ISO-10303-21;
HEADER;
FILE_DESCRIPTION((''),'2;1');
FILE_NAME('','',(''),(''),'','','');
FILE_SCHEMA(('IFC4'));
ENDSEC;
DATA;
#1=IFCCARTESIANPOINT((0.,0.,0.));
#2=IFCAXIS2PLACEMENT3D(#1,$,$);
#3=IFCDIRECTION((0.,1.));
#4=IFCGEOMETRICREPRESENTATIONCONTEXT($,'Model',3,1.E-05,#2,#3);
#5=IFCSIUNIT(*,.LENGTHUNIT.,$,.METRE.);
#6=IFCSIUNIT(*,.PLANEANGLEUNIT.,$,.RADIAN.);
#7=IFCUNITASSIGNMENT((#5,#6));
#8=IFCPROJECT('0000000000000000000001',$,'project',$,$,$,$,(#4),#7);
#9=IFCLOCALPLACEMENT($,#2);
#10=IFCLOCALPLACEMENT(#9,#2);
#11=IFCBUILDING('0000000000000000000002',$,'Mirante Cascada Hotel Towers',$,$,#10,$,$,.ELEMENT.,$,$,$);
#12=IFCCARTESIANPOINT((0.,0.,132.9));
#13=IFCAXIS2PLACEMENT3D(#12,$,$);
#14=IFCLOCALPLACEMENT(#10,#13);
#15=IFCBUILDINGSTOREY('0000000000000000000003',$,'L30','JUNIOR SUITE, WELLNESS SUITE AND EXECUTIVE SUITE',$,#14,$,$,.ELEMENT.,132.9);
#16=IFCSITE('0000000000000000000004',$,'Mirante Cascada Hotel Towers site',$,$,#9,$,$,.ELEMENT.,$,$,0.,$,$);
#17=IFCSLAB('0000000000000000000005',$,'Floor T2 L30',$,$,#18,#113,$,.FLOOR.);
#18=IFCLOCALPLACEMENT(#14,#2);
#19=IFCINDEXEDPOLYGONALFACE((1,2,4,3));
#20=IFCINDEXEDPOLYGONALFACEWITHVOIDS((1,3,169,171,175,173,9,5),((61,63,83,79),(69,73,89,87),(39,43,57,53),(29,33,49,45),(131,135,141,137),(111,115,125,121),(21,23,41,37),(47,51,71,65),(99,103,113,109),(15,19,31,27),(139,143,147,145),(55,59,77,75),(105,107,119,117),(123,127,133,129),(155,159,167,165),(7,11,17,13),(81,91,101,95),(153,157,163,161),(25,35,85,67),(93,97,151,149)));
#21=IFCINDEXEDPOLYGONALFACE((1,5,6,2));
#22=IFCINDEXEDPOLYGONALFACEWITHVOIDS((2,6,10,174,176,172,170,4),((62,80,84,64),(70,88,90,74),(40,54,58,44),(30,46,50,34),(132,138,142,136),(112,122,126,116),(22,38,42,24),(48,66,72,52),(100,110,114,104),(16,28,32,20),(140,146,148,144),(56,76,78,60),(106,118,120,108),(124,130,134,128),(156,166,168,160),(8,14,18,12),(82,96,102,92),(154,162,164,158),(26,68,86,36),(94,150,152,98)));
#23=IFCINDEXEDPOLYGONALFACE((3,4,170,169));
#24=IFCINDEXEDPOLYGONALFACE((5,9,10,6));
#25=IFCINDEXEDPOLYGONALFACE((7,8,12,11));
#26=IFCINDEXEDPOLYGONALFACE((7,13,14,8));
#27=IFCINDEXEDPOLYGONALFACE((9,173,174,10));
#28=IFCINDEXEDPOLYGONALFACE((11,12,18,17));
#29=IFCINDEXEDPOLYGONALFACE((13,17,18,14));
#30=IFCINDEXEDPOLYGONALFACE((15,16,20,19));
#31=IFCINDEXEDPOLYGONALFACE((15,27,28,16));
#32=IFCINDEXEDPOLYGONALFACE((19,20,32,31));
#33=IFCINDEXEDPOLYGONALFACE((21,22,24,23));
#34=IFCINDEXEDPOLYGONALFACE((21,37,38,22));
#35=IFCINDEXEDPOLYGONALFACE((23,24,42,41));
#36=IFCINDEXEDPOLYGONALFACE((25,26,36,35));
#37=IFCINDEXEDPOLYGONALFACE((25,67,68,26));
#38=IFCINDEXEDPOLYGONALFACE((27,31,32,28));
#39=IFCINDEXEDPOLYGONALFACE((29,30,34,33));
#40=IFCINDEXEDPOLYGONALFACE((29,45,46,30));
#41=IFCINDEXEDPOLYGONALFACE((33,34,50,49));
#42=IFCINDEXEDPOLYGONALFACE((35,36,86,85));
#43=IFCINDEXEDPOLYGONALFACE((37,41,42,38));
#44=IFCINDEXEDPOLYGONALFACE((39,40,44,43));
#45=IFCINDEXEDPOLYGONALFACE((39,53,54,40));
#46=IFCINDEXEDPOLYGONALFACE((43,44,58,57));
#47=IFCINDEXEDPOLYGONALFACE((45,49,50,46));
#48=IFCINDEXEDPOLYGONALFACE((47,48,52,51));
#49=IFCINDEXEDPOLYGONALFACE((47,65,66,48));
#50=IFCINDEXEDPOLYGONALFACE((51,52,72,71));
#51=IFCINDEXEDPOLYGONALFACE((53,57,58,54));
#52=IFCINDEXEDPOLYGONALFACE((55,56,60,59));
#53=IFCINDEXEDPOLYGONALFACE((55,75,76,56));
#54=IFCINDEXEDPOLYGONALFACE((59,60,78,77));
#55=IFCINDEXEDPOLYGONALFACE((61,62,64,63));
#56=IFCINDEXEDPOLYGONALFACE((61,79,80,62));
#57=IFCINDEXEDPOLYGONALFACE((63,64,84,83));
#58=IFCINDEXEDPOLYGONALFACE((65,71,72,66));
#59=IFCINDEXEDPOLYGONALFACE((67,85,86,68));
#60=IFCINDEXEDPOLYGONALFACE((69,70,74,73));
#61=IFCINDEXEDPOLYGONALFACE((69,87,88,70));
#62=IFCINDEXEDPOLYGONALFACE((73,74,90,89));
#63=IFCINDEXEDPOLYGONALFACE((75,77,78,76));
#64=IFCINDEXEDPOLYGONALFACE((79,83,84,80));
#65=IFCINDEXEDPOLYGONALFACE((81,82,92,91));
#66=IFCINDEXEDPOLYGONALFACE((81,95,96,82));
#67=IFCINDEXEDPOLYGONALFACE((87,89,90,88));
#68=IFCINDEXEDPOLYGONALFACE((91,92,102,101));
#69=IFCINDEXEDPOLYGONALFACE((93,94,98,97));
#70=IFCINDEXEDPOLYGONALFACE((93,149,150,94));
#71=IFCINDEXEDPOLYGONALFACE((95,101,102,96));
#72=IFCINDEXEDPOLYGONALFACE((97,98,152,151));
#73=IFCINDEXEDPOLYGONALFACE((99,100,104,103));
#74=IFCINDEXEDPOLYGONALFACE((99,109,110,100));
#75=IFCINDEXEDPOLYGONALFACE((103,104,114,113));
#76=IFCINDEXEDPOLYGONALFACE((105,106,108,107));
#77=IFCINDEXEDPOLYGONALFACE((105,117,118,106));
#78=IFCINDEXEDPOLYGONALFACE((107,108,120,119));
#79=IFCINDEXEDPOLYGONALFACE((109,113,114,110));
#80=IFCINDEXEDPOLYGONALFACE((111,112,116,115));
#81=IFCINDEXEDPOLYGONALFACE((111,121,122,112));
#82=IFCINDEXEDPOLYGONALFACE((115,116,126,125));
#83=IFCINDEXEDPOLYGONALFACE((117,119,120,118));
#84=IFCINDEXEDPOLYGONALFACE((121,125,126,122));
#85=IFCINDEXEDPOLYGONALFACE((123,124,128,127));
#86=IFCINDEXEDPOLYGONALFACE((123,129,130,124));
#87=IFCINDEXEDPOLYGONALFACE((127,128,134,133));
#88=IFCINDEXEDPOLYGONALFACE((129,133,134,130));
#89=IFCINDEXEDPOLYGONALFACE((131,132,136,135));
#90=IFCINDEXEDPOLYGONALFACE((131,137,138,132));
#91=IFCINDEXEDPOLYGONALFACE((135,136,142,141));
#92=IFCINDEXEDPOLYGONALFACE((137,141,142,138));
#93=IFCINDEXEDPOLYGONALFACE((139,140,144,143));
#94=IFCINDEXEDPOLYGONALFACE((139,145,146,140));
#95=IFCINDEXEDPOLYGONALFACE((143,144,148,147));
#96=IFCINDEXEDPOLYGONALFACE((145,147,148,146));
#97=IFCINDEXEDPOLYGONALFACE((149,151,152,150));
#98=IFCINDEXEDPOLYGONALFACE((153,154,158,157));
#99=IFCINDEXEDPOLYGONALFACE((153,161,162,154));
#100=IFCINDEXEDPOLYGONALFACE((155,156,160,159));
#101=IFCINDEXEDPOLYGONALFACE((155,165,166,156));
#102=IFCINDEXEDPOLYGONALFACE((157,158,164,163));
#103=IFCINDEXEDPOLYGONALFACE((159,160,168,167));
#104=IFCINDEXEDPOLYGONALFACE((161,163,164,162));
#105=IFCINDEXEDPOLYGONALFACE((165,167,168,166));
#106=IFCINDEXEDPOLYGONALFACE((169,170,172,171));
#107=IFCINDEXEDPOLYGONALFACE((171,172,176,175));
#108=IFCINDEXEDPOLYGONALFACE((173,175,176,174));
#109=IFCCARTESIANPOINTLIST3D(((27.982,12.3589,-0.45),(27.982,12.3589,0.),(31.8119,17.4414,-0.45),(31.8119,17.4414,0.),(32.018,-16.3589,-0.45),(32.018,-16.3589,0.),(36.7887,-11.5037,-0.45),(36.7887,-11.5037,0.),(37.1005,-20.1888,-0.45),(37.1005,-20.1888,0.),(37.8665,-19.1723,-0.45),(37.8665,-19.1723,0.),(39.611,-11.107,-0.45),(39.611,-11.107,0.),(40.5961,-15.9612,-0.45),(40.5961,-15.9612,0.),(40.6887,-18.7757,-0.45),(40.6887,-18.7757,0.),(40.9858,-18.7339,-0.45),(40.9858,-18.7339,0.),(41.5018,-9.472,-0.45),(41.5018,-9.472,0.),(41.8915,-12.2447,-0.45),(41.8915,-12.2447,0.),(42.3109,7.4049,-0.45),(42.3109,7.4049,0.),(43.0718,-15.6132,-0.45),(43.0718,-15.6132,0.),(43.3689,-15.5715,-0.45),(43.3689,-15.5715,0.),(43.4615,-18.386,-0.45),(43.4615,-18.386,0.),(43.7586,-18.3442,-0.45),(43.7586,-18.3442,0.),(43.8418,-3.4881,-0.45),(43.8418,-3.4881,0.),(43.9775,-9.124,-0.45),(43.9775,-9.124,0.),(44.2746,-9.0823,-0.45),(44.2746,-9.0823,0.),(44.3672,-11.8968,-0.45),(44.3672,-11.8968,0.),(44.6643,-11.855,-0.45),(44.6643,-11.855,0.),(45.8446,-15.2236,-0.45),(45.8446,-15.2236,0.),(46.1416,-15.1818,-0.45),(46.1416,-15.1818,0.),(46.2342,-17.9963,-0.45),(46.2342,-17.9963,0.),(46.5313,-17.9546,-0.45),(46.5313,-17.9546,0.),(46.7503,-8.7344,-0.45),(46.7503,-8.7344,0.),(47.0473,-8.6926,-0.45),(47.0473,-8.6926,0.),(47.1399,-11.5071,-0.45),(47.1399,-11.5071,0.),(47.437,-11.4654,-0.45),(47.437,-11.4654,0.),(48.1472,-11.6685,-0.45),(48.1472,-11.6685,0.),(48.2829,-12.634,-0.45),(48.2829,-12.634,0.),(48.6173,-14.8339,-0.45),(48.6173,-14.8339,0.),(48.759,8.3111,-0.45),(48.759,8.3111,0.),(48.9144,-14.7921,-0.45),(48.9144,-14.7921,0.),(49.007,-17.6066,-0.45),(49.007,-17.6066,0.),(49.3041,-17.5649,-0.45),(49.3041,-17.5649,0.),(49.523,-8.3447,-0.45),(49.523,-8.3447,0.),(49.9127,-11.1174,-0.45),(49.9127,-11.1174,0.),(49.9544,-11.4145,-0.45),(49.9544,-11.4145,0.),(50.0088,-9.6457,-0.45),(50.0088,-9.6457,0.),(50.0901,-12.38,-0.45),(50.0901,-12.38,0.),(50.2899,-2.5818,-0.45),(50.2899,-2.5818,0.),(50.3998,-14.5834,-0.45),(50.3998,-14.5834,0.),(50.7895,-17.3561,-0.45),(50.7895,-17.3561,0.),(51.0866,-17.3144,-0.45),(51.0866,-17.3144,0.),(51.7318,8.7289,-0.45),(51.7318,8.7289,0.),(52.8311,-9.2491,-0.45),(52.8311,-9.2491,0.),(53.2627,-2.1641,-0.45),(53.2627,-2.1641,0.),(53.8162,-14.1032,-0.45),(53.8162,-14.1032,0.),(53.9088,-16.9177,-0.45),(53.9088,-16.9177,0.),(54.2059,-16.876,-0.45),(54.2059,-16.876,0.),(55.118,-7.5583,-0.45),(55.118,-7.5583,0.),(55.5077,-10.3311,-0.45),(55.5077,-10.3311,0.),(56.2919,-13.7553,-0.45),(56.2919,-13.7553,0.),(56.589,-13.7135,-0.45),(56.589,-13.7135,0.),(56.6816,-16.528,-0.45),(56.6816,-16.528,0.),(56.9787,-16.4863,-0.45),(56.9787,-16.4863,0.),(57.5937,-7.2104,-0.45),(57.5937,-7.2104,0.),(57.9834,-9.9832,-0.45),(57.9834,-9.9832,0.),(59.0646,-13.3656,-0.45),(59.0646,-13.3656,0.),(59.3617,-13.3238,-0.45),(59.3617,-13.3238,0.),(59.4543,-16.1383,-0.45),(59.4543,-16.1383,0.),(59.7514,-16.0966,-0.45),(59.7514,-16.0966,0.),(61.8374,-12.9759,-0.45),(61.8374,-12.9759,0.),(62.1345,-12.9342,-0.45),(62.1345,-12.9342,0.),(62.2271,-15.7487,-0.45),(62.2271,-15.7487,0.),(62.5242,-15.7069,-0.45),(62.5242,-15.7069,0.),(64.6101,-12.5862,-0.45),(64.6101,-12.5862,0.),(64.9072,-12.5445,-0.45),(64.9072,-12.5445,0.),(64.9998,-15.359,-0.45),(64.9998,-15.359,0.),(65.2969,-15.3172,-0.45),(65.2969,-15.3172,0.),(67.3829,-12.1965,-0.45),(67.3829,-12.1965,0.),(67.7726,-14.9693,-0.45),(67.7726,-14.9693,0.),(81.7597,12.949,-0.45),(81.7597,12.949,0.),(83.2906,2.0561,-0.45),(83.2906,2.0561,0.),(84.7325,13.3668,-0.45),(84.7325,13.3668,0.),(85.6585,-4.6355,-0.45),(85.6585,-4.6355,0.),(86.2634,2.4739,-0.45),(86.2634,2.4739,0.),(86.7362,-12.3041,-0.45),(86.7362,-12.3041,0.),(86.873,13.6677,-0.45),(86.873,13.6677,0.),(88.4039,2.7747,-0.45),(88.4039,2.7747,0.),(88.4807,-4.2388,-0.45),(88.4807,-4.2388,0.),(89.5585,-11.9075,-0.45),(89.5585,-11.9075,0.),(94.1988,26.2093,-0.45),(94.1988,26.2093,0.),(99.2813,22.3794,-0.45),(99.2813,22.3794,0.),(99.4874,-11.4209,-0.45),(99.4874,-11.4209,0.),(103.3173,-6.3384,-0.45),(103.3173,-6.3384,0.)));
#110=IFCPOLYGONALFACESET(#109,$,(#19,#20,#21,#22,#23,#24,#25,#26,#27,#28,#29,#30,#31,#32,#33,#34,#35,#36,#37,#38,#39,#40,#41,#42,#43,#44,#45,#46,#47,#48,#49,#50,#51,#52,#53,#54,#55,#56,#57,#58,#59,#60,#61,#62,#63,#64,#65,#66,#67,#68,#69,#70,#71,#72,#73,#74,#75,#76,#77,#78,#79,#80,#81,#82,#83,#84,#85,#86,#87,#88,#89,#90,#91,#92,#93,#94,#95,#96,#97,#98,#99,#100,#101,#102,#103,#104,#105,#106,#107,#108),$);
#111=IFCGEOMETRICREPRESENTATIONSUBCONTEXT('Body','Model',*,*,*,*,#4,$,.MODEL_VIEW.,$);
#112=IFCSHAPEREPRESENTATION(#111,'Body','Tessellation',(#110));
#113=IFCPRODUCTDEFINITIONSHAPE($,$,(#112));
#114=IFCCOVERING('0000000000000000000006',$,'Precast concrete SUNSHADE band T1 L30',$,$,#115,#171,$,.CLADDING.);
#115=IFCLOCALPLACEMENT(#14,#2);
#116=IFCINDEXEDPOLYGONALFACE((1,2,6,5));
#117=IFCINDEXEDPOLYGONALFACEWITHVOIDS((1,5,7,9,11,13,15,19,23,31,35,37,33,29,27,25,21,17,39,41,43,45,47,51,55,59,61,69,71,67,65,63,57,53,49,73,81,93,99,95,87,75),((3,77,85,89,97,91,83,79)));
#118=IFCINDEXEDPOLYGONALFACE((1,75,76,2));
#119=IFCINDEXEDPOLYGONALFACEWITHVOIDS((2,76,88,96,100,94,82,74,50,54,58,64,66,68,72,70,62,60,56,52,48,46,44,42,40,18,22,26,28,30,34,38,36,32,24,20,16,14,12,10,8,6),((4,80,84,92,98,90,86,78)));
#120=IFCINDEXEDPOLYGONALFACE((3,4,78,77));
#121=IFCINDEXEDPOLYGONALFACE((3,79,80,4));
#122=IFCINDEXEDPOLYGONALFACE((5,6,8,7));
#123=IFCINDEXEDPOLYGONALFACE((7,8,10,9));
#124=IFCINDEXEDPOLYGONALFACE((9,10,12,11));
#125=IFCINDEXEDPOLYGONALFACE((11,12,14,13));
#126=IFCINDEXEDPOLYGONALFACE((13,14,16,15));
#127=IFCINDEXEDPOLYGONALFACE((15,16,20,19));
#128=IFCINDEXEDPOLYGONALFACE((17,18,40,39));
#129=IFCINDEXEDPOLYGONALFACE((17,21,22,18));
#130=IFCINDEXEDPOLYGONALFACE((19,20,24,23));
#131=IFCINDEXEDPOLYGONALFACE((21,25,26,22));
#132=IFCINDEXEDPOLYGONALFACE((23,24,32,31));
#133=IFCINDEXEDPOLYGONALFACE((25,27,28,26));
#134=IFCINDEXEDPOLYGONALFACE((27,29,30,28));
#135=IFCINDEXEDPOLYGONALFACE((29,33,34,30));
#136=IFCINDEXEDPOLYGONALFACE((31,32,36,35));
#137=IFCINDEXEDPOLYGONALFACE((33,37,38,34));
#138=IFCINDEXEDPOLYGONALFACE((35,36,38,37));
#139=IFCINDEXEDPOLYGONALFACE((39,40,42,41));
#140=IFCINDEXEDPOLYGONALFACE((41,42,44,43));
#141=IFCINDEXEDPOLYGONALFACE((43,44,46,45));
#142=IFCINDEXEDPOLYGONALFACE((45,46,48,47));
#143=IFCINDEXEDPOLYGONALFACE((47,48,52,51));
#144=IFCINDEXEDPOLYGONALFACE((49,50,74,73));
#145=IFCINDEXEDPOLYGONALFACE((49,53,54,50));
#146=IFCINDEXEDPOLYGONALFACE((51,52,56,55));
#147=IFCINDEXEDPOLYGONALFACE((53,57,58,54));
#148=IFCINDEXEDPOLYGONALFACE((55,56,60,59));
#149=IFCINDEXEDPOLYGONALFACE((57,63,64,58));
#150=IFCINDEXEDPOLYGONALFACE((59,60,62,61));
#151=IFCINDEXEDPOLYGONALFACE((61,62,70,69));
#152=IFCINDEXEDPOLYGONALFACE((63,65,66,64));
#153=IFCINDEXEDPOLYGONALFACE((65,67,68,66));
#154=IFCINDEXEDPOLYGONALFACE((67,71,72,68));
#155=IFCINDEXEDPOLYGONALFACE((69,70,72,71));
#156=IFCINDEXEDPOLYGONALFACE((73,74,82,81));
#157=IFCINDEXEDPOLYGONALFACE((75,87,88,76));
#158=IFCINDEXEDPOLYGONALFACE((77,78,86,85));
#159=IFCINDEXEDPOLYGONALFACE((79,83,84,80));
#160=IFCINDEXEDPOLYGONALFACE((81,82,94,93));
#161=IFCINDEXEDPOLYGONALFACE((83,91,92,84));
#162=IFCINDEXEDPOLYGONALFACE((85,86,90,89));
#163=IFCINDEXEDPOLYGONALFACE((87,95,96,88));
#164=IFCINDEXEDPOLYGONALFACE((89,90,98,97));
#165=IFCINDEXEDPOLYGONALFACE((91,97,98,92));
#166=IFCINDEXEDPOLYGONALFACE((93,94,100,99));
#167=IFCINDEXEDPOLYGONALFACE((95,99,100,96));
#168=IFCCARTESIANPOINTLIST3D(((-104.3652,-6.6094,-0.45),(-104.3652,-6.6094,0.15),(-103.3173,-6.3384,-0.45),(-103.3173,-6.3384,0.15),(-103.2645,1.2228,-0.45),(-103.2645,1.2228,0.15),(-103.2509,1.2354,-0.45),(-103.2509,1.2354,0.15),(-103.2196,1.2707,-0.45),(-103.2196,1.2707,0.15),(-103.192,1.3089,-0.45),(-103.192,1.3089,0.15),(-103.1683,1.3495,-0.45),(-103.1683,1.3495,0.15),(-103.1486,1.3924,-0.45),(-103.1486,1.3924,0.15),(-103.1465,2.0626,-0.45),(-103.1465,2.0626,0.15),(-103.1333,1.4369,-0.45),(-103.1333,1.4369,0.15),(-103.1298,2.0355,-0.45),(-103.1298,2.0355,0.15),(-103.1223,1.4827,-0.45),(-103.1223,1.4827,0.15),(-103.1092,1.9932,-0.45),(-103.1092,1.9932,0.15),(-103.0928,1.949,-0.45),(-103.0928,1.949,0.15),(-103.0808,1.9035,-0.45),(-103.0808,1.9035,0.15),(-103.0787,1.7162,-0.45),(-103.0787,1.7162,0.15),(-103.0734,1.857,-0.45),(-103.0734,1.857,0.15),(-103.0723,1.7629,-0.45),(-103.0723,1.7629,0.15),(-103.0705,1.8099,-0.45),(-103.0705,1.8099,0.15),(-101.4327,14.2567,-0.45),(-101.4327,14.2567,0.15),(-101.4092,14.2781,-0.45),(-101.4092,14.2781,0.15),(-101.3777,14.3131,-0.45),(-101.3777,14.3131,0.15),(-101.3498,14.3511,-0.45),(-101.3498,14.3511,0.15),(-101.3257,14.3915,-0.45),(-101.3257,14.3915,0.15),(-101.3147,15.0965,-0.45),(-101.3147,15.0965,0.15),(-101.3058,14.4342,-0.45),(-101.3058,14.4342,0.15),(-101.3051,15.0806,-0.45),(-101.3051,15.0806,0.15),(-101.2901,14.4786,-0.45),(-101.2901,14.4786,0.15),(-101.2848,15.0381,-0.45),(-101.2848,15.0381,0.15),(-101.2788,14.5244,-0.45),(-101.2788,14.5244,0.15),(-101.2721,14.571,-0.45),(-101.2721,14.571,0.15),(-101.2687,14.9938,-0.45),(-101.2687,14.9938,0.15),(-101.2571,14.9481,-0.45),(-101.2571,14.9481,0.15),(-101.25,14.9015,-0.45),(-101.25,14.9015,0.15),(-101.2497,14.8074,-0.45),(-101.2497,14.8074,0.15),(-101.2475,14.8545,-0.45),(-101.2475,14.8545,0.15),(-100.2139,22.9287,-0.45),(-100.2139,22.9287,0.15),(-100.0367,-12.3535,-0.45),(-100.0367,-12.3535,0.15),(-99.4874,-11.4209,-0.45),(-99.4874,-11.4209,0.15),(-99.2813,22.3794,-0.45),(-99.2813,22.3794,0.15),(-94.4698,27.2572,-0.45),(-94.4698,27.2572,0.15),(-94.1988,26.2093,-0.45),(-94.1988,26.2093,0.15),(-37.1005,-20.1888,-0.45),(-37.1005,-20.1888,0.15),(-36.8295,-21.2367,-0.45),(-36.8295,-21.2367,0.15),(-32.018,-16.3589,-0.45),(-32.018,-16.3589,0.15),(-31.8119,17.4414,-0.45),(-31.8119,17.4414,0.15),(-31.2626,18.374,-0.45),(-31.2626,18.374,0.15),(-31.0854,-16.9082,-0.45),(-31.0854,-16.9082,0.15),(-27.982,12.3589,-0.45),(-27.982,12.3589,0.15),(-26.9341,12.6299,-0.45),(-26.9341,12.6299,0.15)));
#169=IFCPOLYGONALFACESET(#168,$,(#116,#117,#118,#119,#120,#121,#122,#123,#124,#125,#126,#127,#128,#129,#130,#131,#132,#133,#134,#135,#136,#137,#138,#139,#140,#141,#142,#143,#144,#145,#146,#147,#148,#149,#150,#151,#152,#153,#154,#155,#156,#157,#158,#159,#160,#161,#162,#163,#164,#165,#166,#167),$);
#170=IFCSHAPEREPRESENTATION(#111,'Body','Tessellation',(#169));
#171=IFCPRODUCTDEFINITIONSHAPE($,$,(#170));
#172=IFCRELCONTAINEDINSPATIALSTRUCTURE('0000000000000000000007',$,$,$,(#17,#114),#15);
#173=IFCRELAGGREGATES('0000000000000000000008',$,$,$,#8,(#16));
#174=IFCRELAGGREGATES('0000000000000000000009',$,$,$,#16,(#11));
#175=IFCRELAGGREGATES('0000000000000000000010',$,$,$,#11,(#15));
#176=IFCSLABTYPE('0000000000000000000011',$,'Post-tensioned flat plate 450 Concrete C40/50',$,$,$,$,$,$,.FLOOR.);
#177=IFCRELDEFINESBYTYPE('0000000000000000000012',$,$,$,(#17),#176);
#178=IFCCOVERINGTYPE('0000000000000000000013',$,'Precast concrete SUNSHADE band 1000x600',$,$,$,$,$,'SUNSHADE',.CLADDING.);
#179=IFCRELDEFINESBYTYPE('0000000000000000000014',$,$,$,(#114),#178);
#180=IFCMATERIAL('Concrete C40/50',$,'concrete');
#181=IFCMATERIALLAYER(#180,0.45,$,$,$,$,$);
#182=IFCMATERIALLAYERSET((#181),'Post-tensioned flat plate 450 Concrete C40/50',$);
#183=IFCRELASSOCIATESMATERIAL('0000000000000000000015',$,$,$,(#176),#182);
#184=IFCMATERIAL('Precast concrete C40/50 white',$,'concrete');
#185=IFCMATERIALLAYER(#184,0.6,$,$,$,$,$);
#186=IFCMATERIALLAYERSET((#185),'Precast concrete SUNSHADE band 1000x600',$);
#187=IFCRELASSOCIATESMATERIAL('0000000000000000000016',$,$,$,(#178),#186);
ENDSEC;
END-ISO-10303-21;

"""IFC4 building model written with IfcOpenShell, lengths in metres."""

from ifc_helpers import new_model, si_unit, direction, frame, origin, place, context, subcontext, project, spatial, polyline, outline, extrude, material, layer, layer_set, type_object, element, save


model = new_model("IFC4")

# Units and contexts
model_context = context("Model", 3, precision=1e-05, world=origin(), true_north=direction((0.0, 1.0)))
body_context = subcontext(model_context, "Body", "Model", "MODEL_VIEW")
ifc_project = project(units=[si_unit("LENGTHUNIT", "METRE"), si_unit("PLANEANGLEUNIT", "RADIAN")], contexts=[model_context])

# Site, building, storey
site_placement = place(None, origin())
site = spatial("IfcSite", under=ifc_project, at=site_placement, Name="Mirante Cascada Hotel Towers site", CompositionType="ELEMENT", RefElevation=0.0)
building_placement = place(site_placement, origin())
building = spatial("IfcBuilding", under=site, at=building_placement, Name="Mirante Cascada Hotel Towers", CompositionType="ELEMENT")
storey_placement = place(building_placement, frame((0.0, 0.0, 132.9)))
storey = spatial("IfcBuildingStorey", under=building, at=storey_placement, Name="L30", Description="JUNIOR SUITE, WELLNESS SUITE AND EXECUTIVE SUITE", CompositionType="ELEMENT", Elevation=132.9)

# Slab
ifc_material_1 = material(Name="Concrete C40/50", Category="concrete")
ifc_layer_1 = layer(ifc_material_1, 0.45)
ifc_layer_set_1 = layer_set([ifc_layer_1], Name="Post-tensioned flat plate 450 Concrete C40/50")
slab_type = type_object("IfcSlabType", Name="Post-tensioned flat plate 450 Concrete C40/50", PredefinedType="FLOOR", material=ifc_layer_set_1)
slab_1_placement = place(storey_placement, frame((0.0, 0.0, -0.45)))
element("IfcSlab", 1, at=slab_1_placement, inside=storey, type_object=slab_type, Name="Floor T2 L30", PredefinedType="FLOOR", context=body_context, shape_type="SweptSolid", body=[
    extrude(outline(polyline([(32.018, -16.3589), (27.982, 12.3589), (31.8119, 17.4414), (94.1988, 26.2093), (99.2813, 22.3794), (103.3173, -6.3384), (99.4874, -11.4209), (37.1005, -20.1888), (32.018, -16.3589)]), holes=[polyline([(43.0718, -15.6132), (40.5961, -15.9612), (40.9858, -18.7339), (43.4615, -18.386), (43.0718, -15.6132)]), polyline([(45.8446, -15.2236), (43.3689, -15.5715), (43.7586, -18.3442), (46.2342, -17.9963), (45.8446, -15.2236)]), polyline([(48.6173, -14.8339), (46.1416, -15.1818), (46.5313, -17.9546), (49.007, -17.6066), (48.6173, -14.8339)]), polyline([(50.3998, -14.5834), (48.9144, -14.7921), (49.3041, -17.5649), (50.7895, -17.3561), (50.3998, -14.5834)]), polyline([(37.8665, -19.1723), (40.6887, -18.7757), (39.611, -11.107), (36.7887, -11.5037), (37.8665, -19.1723)]), polyline([(49.9544, -11.4145), (48.1472, -11.6685), (48.2829, -12.634), (50.0901, -12.38), (49.9544, -11.4145)]), polyline([(43.9775, -9.124), (41.5018, -9.472), (41.8915, -12.2447), (44.3672, -11.8968), (43.9775, -9.124)]), polyline([(47.1399, -11.5071), (46.7503, -8.7344), (44.2746, -9.0823), (44.6643, -11.855), (47.1399, -11.5071)]), polyline([(49.9127, -11.1174), (49.523, -8.3447), (47.0473, -8.6926), (47.437, -11.4654), (49.9127, -11.1174)]), polyline([(56.2919, -13.7553), (53.8162, -14.1032), (54.2059, -16.876), (56.6816, -16.528), (56.2919, -13.7553)]), polyline([(59.0646, -13.3656), (56.589, -13.7135), (56.9787, -16.4863), (59.4543, -16.1383), (59.0646, -13.3656)]), polyline([(61.8374, -12.9759), (59.3617, -13.3238), (59.7514, -16.0966), (62.2271, -15.7487), (61.8374, -12.9759)]), polyline([(64.6101, -12.5862), (62.1345, -12.9342), (62.5242, -15.7069), (64.9998, -15.359), (64.6101, -12.5862)]), polyline([(67.3829, -12.1965), (64.9072, -12.5445), (65.2969, -15.3172), (67.7726, -14.9693), (67.3829, -12.1965)]), polyline([(51.0866, -17.3144), (53.9088, -16.9177), (52.8311, -9.2491), (50.0088, -9.6457), (51.0866, -17.3144)]), polyline([(86.7362, -12.3041), (89.5585, -11.9075), (88.4807, -4.2388), (85.6585, -4.6355), (86.7362, -12.3041)]), polyline([(57.9834, -9.9832), (57.5937, -7.2104), (55.118, -7.5583), (55.5077, -10.3311), (57.9834, -9.9832)]), polyline([(86.873, 13.6677), (88.4039, 2.7747), (86.2634, 2.4739), (86.2634, 2.4739), (84.7325, 13.3668), (84.7325, 13.3668), (86.873, 13.6677)]), polyline([(81.7597, 12.949), (81.7597, 12.949), (83.2906, 2.0561), (83.2906, 2.0561), (53.2627, -2.1641), (53.2627, -2.1641), (51.7318, 8.7289), (81.7597, 12.949)]), polyline([(43.8418, -3.4881), (42.3109, 7.4049), (48.759, 8.3111), (50.2899, -2.5818), (50.2899, -2.5818), (43.8418, -3.4881)])]), origin(), (0.0, 0.0, 1.0), 0.45),
])

# Covering
ifc_material_2 = material(Name="Precast concrete C40/50 white", Category="concrete")
ifc_layer_2 = layer(ifc_material_2, 0.6)
ifc_layer_set_2 = layer_set([ifc_layer_2], Name="Precast concrete SUNSHADE band 1000x600")
covering_type = type_object("IfcCoveringType", Name="Precast concrete SUNSHADE band 1000x600", ElementType="SUNSHADE", PredefinedType="CLADDING", material=ifc_layer_set_2)
covering_placement = place(storey_placement, frame((0.0, 0.0, -0.45)))
element("IfcCovering", 2, at=covering_placement, inside=storey, type_object=covering_type, Name="Precast concrete SUNSHADE band T1 L30", PredefinedType="CLADDING", context=body_context, shape_type="SweptSolid", body=[
    extrude(outline(polyline([(-104.3652, -6.6094), (-103.2645, 1.2228), (-103.2509, 1.2354), (-103.2196, 1.2707), (-103.192, 1.3089), (-103.1683, 1.3495), (-103.1486, 1.3924), (-103.1333, 1.4369), (-103.1223, 1.4827), (-103.0787, 1.7162), (-103.0723, 1.7629), (-103.0705, 1.8099), (-103.0734, 1.857), (-103.0808, 1.9035), (-103.0928, 1.949), (-103.1092, 1.9932), (-103.1298, 2.0355), (-103.1465, 2.0626), (-101.4327, 14.2567), (-101.4092, 14.2781), (-101.3777, 14.3131), (-101.3498, 14.3511), (-101.3257, 14.3915), (-101.3058, 14.4342), (-101.2901, 14.4786), (-101.2788, 14.5244), (-101.2721, 14.571), (-101.2497, 14.8074), (-101.2475, 14.8545), (-101.25, 14.9015), (-101.2571, 14.9481), (-101.2687, 14.9938), (-101.2848, 15.0381), (-101.3051, 15.0806), (-101.3147, 15.0965), (-100.2139, 22.9287), (-94.4698, 27.2572), (-31.2626, 18.374), (-26.9341, 12.6299), (-31.0854, -16.9082), (-36.8295, -21.2367), (-100.0367, -12.3535), (-104.3652, -6.6094)]), holes=[polyline([(-27.982, 12.3589), (-31.8119, 17.4414), (-94.1988, 26.2093), (-99.2813, 22.3794), (-103.3173, -6.3384), (-99.4874, -11.4209), (-37.1005, -20.1888), (-32.018, -16.3589), (-27.982, 12.3589)])]), origin(), (0.0, 0.0, 1.0), 0.6),
])

save(model, "model.ifc")
